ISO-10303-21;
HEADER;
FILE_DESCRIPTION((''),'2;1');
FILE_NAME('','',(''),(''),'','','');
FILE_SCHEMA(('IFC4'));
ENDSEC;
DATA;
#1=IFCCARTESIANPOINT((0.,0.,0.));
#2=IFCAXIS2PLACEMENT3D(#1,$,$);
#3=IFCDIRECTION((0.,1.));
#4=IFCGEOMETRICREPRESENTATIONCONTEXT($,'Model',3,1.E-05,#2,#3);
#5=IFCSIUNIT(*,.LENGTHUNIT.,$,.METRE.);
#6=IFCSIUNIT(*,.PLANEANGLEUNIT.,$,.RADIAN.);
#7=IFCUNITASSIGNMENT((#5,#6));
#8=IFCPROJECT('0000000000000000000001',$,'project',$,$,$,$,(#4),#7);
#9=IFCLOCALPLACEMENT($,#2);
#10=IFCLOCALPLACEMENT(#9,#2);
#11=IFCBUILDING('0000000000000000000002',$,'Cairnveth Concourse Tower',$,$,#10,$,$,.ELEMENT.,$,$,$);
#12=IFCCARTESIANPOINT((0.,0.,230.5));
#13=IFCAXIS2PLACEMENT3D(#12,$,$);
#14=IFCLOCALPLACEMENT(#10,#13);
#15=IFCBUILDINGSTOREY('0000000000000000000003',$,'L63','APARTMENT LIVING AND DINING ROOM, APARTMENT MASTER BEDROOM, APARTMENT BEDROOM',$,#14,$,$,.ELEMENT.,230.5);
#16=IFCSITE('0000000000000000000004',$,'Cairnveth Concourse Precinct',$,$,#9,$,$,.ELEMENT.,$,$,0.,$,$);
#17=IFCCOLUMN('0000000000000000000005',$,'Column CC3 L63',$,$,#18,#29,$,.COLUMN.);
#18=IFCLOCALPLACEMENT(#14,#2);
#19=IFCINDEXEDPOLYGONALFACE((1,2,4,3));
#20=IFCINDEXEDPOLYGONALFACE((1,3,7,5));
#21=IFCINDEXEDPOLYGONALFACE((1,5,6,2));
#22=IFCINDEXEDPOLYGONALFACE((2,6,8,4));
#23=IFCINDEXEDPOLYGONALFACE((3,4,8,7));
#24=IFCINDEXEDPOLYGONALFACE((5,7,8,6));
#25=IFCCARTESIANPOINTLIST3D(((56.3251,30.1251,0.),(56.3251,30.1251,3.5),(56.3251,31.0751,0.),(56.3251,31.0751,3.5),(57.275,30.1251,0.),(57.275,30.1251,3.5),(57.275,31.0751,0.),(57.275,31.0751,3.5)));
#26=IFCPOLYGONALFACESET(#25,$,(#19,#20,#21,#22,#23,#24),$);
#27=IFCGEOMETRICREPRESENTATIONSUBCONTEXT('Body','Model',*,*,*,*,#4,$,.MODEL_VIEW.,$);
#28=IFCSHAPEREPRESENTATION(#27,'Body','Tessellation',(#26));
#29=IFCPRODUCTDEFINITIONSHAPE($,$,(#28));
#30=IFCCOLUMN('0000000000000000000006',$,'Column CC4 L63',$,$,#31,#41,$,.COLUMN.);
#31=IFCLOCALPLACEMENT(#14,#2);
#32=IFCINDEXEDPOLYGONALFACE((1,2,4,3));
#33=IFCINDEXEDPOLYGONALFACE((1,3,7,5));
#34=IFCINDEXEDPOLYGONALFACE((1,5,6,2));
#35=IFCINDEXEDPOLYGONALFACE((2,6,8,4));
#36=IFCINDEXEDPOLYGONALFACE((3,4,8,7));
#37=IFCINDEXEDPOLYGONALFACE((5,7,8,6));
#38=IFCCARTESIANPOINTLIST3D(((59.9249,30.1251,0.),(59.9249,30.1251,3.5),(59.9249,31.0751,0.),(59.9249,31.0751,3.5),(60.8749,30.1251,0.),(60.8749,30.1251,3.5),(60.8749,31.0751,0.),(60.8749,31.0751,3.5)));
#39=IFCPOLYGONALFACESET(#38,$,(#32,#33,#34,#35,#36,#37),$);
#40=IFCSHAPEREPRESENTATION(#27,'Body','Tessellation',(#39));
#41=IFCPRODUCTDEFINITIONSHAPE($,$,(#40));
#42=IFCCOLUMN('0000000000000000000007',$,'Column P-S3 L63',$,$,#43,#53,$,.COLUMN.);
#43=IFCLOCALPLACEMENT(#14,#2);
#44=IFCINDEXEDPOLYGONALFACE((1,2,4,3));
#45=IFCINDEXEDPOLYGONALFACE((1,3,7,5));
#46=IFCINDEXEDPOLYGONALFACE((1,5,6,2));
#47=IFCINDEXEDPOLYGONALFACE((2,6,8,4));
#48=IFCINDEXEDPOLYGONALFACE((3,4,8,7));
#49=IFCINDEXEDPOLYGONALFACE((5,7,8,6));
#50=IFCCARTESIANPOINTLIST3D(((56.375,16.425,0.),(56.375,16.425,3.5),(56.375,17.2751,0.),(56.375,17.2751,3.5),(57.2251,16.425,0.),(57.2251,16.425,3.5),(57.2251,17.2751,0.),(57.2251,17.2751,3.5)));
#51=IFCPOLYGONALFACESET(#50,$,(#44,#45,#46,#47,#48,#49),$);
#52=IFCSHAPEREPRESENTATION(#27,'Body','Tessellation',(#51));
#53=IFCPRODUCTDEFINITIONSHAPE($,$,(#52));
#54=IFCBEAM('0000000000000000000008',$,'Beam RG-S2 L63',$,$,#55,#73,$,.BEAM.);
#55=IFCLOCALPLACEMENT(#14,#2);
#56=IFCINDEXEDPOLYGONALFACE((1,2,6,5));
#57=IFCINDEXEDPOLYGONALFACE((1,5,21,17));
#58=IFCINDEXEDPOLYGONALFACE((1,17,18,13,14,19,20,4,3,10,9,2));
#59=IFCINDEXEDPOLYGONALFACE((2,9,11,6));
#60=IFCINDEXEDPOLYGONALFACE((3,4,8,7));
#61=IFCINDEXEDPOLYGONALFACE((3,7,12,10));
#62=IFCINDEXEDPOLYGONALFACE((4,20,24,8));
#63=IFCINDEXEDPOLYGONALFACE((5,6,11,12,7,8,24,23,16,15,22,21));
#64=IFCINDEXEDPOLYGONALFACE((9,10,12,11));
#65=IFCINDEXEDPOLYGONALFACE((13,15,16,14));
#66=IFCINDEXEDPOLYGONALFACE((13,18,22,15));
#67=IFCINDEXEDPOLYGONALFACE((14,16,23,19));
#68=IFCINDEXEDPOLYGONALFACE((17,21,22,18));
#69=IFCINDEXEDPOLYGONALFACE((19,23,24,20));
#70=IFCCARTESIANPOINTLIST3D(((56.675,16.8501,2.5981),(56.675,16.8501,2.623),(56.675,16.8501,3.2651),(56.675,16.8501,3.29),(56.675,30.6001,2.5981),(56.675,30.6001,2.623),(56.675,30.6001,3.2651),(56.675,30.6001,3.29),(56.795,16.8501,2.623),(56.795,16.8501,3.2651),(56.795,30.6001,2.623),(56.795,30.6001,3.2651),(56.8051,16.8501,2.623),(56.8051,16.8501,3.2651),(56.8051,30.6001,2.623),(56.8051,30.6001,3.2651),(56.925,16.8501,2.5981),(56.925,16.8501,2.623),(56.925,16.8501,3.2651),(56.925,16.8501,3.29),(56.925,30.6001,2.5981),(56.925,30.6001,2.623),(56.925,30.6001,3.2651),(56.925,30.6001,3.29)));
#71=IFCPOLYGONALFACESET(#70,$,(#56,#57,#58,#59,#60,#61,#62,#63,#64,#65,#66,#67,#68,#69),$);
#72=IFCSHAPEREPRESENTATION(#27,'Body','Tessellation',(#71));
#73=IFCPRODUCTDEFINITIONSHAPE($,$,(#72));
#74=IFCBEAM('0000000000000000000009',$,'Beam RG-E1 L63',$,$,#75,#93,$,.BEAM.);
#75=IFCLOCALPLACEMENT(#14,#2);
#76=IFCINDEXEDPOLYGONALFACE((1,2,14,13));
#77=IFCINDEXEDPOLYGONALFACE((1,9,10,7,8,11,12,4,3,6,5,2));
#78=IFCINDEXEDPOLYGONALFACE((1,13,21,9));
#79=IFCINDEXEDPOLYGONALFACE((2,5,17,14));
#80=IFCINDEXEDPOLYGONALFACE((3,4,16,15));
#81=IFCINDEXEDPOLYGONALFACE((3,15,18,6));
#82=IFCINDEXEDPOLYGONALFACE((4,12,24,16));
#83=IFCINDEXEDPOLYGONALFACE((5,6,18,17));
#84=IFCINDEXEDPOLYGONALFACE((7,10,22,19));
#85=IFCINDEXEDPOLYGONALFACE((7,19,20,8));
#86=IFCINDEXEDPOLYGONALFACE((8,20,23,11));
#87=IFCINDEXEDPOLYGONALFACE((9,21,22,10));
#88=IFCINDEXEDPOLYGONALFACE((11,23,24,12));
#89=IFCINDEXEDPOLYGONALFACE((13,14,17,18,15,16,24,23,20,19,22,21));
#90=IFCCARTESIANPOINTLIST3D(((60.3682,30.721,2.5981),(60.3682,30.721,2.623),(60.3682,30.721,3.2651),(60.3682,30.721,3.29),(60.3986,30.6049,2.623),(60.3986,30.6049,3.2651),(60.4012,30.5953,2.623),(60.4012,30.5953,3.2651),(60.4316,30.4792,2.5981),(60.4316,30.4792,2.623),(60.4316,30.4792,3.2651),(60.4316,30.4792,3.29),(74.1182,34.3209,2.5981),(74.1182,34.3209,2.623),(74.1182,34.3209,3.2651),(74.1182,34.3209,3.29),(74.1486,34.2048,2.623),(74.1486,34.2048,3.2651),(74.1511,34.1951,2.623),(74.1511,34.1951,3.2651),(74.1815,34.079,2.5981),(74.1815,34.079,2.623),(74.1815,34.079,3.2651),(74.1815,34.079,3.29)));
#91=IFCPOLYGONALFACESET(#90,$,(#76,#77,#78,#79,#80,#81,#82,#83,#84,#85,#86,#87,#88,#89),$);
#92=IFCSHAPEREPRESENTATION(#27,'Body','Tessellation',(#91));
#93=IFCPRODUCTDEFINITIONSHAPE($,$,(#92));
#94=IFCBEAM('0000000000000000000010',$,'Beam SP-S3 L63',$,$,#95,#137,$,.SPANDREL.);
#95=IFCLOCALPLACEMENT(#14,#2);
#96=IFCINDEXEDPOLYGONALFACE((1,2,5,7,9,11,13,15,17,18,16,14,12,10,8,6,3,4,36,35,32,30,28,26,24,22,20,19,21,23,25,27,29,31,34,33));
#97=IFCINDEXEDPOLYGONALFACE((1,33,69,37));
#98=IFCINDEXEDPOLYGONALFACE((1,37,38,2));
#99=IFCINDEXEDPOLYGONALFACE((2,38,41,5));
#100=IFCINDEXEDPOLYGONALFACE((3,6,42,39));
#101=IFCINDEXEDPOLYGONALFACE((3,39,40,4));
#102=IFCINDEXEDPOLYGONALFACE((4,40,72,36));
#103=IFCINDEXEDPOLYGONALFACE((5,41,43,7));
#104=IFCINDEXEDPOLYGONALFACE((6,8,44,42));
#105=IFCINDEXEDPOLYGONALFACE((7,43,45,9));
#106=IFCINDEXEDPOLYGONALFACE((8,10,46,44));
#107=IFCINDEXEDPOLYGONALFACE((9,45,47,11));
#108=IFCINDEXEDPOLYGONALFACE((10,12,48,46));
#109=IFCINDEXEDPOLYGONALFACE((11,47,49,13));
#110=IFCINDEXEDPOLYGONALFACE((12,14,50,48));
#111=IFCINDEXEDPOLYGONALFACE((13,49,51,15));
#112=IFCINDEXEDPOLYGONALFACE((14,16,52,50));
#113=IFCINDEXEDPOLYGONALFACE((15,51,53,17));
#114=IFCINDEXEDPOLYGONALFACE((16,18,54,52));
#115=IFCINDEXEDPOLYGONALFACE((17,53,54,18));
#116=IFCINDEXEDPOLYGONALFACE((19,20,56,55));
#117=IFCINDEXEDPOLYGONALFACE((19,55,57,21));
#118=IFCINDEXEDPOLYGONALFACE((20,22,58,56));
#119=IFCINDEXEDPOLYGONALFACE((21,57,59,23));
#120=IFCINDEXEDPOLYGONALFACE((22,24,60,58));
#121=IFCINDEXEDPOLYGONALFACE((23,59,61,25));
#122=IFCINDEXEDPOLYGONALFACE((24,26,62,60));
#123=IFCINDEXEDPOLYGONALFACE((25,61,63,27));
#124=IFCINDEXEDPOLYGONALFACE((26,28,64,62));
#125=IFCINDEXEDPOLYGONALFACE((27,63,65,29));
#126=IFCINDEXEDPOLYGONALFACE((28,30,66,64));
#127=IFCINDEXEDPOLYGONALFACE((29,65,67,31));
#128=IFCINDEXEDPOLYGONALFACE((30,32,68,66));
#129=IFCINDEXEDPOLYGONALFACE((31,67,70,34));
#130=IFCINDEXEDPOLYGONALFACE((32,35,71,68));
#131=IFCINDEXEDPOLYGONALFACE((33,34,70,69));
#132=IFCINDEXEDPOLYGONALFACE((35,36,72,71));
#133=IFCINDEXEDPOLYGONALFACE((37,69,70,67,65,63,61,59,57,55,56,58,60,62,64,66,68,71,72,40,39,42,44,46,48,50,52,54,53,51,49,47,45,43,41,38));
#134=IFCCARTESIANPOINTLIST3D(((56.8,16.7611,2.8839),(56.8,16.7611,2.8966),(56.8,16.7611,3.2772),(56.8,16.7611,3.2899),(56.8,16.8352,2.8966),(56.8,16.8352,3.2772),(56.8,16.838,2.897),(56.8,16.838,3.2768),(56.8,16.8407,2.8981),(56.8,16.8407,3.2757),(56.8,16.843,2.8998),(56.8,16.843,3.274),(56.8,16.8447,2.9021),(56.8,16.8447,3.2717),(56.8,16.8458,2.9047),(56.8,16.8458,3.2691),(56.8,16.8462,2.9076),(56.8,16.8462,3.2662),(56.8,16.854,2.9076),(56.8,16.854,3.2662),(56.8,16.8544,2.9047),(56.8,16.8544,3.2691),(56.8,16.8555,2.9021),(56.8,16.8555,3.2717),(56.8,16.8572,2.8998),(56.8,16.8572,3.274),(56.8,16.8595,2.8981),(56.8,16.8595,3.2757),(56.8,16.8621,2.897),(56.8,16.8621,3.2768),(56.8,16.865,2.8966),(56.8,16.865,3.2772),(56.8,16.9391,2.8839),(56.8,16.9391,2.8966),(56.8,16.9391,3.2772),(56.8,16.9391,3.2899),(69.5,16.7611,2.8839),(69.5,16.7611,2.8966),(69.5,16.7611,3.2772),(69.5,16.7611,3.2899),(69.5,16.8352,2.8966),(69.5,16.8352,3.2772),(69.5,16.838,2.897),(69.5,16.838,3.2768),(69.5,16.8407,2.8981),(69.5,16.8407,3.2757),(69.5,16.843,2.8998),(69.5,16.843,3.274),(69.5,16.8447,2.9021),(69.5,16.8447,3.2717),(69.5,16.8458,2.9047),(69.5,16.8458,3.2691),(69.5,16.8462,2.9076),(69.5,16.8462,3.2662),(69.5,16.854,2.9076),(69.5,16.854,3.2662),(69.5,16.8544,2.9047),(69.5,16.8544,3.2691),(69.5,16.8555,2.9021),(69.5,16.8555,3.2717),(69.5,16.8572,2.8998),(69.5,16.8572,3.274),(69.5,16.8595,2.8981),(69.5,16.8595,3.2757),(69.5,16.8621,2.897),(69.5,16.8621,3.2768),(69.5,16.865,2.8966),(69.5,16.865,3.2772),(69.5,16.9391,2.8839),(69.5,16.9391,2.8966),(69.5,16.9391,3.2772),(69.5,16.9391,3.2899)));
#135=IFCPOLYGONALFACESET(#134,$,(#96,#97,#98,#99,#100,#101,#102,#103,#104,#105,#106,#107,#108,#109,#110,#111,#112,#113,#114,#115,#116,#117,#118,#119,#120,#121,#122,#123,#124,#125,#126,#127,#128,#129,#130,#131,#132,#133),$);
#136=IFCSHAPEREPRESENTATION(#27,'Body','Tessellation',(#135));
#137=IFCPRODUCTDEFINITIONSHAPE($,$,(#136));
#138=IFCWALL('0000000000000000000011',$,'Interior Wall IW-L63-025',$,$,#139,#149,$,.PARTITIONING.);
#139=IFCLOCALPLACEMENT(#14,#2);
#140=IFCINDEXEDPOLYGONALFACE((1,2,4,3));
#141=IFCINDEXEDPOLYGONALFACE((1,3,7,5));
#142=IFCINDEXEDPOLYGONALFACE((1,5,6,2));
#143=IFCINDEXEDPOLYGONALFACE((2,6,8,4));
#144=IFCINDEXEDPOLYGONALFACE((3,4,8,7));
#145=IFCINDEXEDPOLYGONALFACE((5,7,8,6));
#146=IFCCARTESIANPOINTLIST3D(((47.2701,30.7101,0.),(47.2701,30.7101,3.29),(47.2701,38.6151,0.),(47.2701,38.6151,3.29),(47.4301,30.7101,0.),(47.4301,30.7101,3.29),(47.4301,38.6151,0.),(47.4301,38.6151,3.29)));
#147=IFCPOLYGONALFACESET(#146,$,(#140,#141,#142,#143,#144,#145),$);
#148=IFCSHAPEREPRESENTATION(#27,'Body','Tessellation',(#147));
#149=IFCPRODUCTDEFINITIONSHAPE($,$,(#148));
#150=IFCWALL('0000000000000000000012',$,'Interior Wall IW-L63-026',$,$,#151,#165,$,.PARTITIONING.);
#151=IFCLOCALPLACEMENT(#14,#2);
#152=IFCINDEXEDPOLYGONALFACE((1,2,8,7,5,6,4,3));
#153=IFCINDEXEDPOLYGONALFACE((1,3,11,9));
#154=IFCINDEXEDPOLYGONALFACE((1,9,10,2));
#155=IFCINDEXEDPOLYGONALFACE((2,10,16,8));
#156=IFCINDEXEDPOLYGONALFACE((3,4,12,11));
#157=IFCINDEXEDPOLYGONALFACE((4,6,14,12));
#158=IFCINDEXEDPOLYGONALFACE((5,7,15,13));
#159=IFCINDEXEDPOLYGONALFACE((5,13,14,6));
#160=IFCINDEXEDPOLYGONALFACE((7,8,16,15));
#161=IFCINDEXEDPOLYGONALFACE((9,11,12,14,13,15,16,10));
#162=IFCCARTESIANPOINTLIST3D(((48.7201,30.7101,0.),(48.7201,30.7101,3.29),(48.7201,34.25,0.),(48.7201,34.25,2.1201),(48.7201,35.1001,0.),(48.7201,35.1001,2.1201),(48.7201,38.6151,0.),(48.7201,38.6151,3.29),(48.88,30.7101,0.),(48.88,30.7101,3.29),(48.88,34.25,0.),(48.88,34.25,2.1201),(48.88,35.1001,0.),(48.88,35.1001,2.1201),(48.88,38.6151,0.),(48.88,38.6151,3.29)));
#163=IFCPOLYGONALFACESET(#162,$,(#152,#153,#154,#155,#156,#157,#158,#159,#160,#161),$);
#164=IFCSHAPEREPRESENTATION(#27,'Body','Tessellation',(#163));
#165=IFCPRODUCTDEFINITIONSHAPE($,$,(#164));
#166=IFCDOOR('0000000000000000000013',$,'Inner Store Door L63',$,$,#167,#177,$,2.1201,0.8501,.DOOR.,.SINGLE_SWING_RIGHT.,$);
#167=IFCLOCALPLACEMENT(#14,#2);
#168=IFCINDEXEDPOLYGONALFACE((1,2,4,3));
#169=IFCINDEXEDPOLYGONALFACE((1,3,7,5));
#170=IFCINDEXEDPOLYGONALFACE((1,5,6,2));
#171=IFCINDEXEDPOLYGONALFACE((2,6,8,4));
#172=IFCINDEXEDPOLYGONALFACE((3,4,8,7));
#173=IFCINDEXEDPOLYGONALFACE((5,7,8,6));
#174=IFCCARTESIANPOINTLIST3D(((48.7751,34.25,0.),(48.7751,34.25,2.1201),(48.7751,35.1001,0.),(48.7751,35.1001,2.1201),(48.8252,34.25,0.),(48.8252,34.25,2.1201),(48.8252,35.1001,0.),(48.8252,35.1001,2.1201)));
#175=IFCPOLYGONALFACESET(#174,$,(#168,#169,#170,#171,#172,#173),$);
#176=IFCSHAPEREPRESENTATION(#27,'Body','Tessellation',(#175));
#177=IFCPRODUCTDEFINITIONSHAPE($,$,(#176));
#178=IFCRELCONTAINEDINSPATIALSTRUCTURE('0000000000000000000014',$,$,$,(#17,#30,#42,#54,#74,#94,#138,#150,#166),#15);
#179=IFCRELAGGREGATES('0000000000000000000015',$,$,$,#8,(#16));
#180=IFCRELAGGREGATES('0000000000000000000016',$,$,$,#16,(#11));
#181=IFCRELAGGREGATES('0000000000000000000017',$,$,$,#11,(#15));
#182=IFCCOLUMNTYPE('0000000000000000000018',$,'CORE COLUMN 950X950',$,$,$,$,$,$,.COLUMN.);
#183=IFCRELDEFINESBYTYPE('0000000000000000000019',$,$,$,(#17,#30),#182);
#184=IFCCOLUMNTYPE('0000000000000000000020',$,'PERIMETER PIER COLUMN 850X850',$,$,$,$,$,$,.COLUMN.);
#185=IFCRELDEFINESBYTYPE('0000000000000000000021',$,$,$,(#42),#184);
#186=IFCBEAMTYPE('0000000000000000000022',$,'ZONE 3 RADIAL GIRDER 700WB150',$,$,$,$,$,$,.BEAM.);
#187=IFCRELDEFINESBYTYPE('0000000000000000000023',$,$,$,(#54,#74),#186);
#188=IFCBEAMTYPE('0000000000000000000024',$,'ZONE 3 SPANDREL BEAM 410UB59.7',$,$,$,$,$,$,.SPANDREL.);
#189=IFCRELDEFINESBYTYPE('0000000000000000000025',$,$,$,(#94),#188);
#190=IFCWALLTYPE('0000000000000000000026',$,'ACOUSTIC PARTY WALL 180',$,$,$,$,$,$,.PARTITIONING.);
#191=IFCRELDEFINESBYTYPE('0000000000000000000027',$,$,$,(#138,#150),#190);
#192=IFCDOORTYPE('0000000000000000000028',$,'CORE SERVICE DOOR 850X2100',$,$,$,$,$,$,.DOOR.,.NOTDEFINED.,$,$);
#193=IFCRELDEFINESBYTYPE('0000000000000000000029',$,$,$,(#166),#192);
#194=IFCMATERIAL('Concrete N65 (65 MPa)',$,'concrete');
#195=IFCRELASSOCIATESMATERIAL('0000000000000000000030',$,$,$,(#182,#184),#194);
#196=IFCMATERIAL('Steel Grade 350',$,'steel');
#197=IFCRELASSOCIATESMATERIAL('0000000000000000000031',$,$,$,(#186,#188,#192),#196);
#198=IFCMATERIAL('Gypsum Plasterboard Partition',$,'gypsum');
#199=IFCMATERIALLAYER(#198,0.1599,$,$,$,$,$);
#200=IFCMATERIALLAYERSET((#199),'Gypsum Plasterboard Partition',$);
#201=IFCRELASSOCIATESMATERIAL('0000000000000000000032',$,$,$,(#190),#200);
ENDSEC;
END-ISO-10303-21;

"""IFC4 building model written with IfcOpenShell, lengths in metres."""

from ifc_helpers import new_model, si_unit, direction, frame, frame_2d, origin, origin_2d, place, context, subcontext, project, spatial, rectangle, i_section, extrude, material, layer, layer_set, material_profile, profile_set, type_object, element, fill, save


model = new_model("IFC4")

# Units and contexts
model_context = context("Model", 3, precision=1e-05, world=origin(), true_north=direction((0.0, 1.0)))
body_context = subcontext(model_context, "Body", "Model", "MODEL_VIEW")
ifc_project = project(units=[si_unit("LENGTHUNIT", "METRE"), si_unit("PLANEANGLEUNIT", "RADIAN")], contexts=[model_context])

# Site, building, storey
site_placement = place(None, origin())
site = spatial("IfcSite", under=ifc_project, at=site_placement, Name="Cairnveth Concourse Precinct", CompositionType="ELEMENT", RefElevation=0.0)
building_placement = place(site_placement, origin())
building = spatial("IfcBuilding", under=site, at=building_placement, Name="Cairnveth Concourse Tower", CompositionType="ELEMENT")
storey_placement = place(building_placement, frame((0.0, 0.0, 230.5)))
storey = spatial("IfcBuildingStorey", under=building, at=storey_placement, Name="L63", Description="APARTMENT LIVING AND DINING ROOM, APARTMENT MASTER BEDROOM, APARTMENT BEDROOM", CompositionType="ELEMENT", Elevation=230.5)

# Columns
ifc_material_1 = material(Name="Concrete N65 (65 MPa)", Category="concrete")
ifc_material_profile_1 = material_profile(ifc_material_1, rectangle(XDim=0.95, YDim=0.95, at=origin_2d()), Name="RC-COL-950x950")
ifc_profile_set_1 = profile_set([ifc_material_profile_1], Name="Concrete N65 (65 MPa)")
column_type_1 = type_object("IfcColumnType", Name="CORE COLUMN 950X950", PredefinedType="COLUMN", material=ifc_profile_set_1)
for number, where, z_axis, x_axis, name in (
    (1, (56.8, 30.6001, 0.0), (0.0, 0.0, 1.0), (1.0, 0.0, 0.0), "Column CC3 L63"),
    (2, (60.3999, 30.6001, 0.0), (0.0, 0.0, 1.0), (1.0, 0.0, 0.0), "Column CC4 L63"),
):
    element("IfcColumn", number, at=place(storey_placement, frame(where, z_axis=z_axis, x_axis=x_axis)), inside=storey, type_object=column_type_1, Name=name, PredefinedType="COLUMN", context=body_context, shape_type="SweptSolid", body=[
        extrude(rectangle(XDim=0.95, YDim=0.95, at=origin_2d()), origin(), (0.0, 0.0, 1.0), 3.5),
    ])
ifc_material_profile_2 = material_profile(ifc_material_1, rectangle(XDim=0.8501, YDim=0.8501, at=origin_2d()), Name="RC-COL-850x850")
ifc_profile_set_2 = profile_set([ifc_material_profile_2], Name="Concrete N65 (65 MPa)")
column_type_2 = type_object("IfcColumnType", Name="PERIMETER PIER COLUMN 850X850", PredefinedType="COLUMN", material=ifc_profile_set_2)
column_placement = place(storey_placement, frame((56.8, 16.8501, 0.0), z_axis=(0.0, 0.0, 1.0), x_axis=(1.0, 0.0, 0.0)))
element("IfcColumn", 3, at=column_placement, inside=storey, type_object=column_type_2, Name="Column P-S3 L63", PredefinedType="COLUMN", context=body_context, shape_type="SweptSolid", body=[
    extrude(rectangle(XDim=0.8501, YDim=0.8501, at=origin_2d()), origin(), (0.0, 0.0, 1.0), 3.5),
])

# Beams
ifc_material_2 = material(Name="Steel Grade 350", Category="steel")
ifc_material_profile_3 = material_profile(ifc_material_2, i_section(OverallWidth=0.25, OverallDepth=0.6919, WebThickness=0.01, FlangeThickness=0.0249, at=origin_2d()), Name="700WB150")
ifc_profile_set_3 = profile_set([ifc_material_profile_3], Name="Steel Grade 350")
beam_type_1 = type_object("IfcBeamType", Name="ZONE 3 RADIAL GIRDER 700WB150", PredefinedType="BEAM", material=ifc_profile_set_3)
beam_1_placement = place(storey_placement, frame((56.8, 16.8501, 2.9441), z_axis=(0.0, 1.0, 0.0), x_axis=(-1.0, 0.0, 0.0)))
element("IfcBeam", 4, at=beam_1_placement, inside=storey, type_object=beam_type_1, Name="Beam RG-S2 L63", PredefinedType="BEAM", context=body_context, shape_type="SweptSolid", body=[
    extrude(i_section(OverallWidth=0.25, OverallDepth=0.6919, WebThickness=0.01, FlangeThickness=0.0249, at=origin_2d()), origin(), (0.0, 0.0, 1.0), 13.75),
])
beam_2_placement = place(storey_placement, frame((60.3999, 30.6001, 2.9441), z_axis=(0.967395, 0.253271, 0.0), x_axis=(-0.253271, 0.967395, 0.0)))
element("IfcBeam", 5, at=beam_2_placement, inside=storey, type_object=beam_type_1, Name="Beam RG-E1 L63", PredefinedType="BEAM", context=body_context, shape_type="SweptSolid", body=[
    extrude(i_section(OverallWidth=0.25, OverallDepth=0.6919, WebThickness=0.01, FlangeThickness=0.0249, at=origin_2d()), origin(), (0.0, 0.0, 1.0), 14.2134),
])
ifc_material_profile_4 = material_profile(ifc_material_2, i_section(OverallWidth=0.178, OverallDepth=0.406, WebThickness=0.0078, FlangeThickness=0.0127, FilletRadius=0.011, at=origin_2d()), Name="410UB59.7")
ifc_profile_set_4 = profile_set([ifc_material_profile_4], Name="Steel Grade 350")
beam_type_2 = type_object("IfcBeamType", Name="ZONE 3 SPANDREL BEAM 410UB59.7", PredefinedType="SPANDREL", material=ifc_profile_set_4)
beam_3_placement = place(storey_placement, frame((56.8, 16.8501, 3.0869), z_axis=(1.0, 0.0, 0.0), x_axis=(0.0, 1.0, 0.0)))
element("IfcBeam", 6, at=beam_3_placement, inside=storey, type_object=beam_type_2, Name="Beam SP-S3 L63", PredefinedType="SPANDREL", context=body_context, shape_type="SweptSolid", body=[
    extrude(i_section(OverallWidth=0.178, OverallDepth=0.406, WebThickness=0.0078, FlangeThickness=0.0127, FilletRadius=0.011, at=origin_2d()), origin(), (0.0, 0.0, 1.0), 12.7),
])

# Wall
ifc_material_3 = material(Name="Gypsum Plasterboard Partition", Category="gypsum")
ifc_layer_1 = layer(ifc_material_3, 0.1599)
ifc_layer_set_1 = layer_set([ifc_layer_1], Name="Gypsum Plasterboard Partition")
wall_type_1 = type_object("IfcWallType", Name="ACOUSTIC PARTY WALL 180", PredefinedType="PARTITIONING", material=ifc_layer_set_1)
wall_1_placement = place(storey_placement, frame((47.3501, 30.71, 0.0), z_axis=(0.0, 0.0, 1.0), x_axis=(0.0, 1.0, 0.0)))
element("IfcWall", 7, at=wall_1_placement, inside=storey, type_object=wall_type_1, Name="Interior Wall IW-L63-025", PredefinedType="PARTITIONING", context=body_context, shape_type="SweptSolid", body=[
    extrude(rectangle(XDim=7.905, YDim=0.1599, at=frame_2d((3.9526, 0.0))), origin(), (0.0, 0.0, 1.0), 3.29),
])

# Wall, opening, door
wall_2_placement = place(storey_placement, frame((48.8, 30.71, 0.0), z_axis=(0.0, 0.0, 1.0), x_axis=(0.0, 1.0, 0.0)))
wall_2 = element("IfcWall", 8, at=wall_2_placement, inside=storey, type_object=wall_type_1, Name="Interior Wall IW-L63-026", PredefinedType="PARTITIONING", context=body_context, shape_type="SweptSolid", body=[
    extrude(rectangle(XDim=7.905, YDim=0.1599, at=frame_2d((3.9526, 0.0))), origin(), (0.0, 0.0, 1.0), 3.29),
])
opening_1_placement = place(wall_2_placement, frame((3.54, 0.0, 0.0)))
opening_1 = element("IfcOpeningElement", 9, at=opening_1_placement, cuts=wall_2, PredefinedType="OPENING", context=body_context, shape_type="SweptSolid", body=[
    extrude(rectangle(XDim=0.8501, YDim=2.1201, at=frame_2d((0.425, 1.0601))), frame((0.0, 0.0898, 0.0), z_axis=(0.0, -1.0, 0.0), x_axis=(1.0, 0.0, 0.0)), (0.0, 0.0, 1.0), 0.1799),
])
door_type_1 = type_object("IfcDoorType", Name="CORE SERVICE DOOR 850X2100", OperationType="NOTDEFINED", PredefinedType="DOOR", material=ifc_material_2)
door_1_placement = place(opening_1_placement, origin())
door_1 = element("IfcDoor", 10, at=door_1_placement, inside=storey, type_object=door_type_1, Name="Inner Store Door L63", OperationType="SINGLE_SWING_RIGHT", OverallHeight=2.1201, OverallWidth=0.8501, PredefinedType="DOOR", context=body_context, shape_type="SweptSolid", body=[
    extrude(rectangle(XDim=0.8501, YDim=2.1201, at=frame_2d((0.425, 1.0601))), frame((0.0, 0.0249, 0.0), z_axis=(0.0, -1.0, 0.0), x_axis=(1.0, 0.0, 0.0)), (0.0, 0.0, 1.0), 0.05),
])
fill(opening_1, door_1)

save(model, "model.ifc")
